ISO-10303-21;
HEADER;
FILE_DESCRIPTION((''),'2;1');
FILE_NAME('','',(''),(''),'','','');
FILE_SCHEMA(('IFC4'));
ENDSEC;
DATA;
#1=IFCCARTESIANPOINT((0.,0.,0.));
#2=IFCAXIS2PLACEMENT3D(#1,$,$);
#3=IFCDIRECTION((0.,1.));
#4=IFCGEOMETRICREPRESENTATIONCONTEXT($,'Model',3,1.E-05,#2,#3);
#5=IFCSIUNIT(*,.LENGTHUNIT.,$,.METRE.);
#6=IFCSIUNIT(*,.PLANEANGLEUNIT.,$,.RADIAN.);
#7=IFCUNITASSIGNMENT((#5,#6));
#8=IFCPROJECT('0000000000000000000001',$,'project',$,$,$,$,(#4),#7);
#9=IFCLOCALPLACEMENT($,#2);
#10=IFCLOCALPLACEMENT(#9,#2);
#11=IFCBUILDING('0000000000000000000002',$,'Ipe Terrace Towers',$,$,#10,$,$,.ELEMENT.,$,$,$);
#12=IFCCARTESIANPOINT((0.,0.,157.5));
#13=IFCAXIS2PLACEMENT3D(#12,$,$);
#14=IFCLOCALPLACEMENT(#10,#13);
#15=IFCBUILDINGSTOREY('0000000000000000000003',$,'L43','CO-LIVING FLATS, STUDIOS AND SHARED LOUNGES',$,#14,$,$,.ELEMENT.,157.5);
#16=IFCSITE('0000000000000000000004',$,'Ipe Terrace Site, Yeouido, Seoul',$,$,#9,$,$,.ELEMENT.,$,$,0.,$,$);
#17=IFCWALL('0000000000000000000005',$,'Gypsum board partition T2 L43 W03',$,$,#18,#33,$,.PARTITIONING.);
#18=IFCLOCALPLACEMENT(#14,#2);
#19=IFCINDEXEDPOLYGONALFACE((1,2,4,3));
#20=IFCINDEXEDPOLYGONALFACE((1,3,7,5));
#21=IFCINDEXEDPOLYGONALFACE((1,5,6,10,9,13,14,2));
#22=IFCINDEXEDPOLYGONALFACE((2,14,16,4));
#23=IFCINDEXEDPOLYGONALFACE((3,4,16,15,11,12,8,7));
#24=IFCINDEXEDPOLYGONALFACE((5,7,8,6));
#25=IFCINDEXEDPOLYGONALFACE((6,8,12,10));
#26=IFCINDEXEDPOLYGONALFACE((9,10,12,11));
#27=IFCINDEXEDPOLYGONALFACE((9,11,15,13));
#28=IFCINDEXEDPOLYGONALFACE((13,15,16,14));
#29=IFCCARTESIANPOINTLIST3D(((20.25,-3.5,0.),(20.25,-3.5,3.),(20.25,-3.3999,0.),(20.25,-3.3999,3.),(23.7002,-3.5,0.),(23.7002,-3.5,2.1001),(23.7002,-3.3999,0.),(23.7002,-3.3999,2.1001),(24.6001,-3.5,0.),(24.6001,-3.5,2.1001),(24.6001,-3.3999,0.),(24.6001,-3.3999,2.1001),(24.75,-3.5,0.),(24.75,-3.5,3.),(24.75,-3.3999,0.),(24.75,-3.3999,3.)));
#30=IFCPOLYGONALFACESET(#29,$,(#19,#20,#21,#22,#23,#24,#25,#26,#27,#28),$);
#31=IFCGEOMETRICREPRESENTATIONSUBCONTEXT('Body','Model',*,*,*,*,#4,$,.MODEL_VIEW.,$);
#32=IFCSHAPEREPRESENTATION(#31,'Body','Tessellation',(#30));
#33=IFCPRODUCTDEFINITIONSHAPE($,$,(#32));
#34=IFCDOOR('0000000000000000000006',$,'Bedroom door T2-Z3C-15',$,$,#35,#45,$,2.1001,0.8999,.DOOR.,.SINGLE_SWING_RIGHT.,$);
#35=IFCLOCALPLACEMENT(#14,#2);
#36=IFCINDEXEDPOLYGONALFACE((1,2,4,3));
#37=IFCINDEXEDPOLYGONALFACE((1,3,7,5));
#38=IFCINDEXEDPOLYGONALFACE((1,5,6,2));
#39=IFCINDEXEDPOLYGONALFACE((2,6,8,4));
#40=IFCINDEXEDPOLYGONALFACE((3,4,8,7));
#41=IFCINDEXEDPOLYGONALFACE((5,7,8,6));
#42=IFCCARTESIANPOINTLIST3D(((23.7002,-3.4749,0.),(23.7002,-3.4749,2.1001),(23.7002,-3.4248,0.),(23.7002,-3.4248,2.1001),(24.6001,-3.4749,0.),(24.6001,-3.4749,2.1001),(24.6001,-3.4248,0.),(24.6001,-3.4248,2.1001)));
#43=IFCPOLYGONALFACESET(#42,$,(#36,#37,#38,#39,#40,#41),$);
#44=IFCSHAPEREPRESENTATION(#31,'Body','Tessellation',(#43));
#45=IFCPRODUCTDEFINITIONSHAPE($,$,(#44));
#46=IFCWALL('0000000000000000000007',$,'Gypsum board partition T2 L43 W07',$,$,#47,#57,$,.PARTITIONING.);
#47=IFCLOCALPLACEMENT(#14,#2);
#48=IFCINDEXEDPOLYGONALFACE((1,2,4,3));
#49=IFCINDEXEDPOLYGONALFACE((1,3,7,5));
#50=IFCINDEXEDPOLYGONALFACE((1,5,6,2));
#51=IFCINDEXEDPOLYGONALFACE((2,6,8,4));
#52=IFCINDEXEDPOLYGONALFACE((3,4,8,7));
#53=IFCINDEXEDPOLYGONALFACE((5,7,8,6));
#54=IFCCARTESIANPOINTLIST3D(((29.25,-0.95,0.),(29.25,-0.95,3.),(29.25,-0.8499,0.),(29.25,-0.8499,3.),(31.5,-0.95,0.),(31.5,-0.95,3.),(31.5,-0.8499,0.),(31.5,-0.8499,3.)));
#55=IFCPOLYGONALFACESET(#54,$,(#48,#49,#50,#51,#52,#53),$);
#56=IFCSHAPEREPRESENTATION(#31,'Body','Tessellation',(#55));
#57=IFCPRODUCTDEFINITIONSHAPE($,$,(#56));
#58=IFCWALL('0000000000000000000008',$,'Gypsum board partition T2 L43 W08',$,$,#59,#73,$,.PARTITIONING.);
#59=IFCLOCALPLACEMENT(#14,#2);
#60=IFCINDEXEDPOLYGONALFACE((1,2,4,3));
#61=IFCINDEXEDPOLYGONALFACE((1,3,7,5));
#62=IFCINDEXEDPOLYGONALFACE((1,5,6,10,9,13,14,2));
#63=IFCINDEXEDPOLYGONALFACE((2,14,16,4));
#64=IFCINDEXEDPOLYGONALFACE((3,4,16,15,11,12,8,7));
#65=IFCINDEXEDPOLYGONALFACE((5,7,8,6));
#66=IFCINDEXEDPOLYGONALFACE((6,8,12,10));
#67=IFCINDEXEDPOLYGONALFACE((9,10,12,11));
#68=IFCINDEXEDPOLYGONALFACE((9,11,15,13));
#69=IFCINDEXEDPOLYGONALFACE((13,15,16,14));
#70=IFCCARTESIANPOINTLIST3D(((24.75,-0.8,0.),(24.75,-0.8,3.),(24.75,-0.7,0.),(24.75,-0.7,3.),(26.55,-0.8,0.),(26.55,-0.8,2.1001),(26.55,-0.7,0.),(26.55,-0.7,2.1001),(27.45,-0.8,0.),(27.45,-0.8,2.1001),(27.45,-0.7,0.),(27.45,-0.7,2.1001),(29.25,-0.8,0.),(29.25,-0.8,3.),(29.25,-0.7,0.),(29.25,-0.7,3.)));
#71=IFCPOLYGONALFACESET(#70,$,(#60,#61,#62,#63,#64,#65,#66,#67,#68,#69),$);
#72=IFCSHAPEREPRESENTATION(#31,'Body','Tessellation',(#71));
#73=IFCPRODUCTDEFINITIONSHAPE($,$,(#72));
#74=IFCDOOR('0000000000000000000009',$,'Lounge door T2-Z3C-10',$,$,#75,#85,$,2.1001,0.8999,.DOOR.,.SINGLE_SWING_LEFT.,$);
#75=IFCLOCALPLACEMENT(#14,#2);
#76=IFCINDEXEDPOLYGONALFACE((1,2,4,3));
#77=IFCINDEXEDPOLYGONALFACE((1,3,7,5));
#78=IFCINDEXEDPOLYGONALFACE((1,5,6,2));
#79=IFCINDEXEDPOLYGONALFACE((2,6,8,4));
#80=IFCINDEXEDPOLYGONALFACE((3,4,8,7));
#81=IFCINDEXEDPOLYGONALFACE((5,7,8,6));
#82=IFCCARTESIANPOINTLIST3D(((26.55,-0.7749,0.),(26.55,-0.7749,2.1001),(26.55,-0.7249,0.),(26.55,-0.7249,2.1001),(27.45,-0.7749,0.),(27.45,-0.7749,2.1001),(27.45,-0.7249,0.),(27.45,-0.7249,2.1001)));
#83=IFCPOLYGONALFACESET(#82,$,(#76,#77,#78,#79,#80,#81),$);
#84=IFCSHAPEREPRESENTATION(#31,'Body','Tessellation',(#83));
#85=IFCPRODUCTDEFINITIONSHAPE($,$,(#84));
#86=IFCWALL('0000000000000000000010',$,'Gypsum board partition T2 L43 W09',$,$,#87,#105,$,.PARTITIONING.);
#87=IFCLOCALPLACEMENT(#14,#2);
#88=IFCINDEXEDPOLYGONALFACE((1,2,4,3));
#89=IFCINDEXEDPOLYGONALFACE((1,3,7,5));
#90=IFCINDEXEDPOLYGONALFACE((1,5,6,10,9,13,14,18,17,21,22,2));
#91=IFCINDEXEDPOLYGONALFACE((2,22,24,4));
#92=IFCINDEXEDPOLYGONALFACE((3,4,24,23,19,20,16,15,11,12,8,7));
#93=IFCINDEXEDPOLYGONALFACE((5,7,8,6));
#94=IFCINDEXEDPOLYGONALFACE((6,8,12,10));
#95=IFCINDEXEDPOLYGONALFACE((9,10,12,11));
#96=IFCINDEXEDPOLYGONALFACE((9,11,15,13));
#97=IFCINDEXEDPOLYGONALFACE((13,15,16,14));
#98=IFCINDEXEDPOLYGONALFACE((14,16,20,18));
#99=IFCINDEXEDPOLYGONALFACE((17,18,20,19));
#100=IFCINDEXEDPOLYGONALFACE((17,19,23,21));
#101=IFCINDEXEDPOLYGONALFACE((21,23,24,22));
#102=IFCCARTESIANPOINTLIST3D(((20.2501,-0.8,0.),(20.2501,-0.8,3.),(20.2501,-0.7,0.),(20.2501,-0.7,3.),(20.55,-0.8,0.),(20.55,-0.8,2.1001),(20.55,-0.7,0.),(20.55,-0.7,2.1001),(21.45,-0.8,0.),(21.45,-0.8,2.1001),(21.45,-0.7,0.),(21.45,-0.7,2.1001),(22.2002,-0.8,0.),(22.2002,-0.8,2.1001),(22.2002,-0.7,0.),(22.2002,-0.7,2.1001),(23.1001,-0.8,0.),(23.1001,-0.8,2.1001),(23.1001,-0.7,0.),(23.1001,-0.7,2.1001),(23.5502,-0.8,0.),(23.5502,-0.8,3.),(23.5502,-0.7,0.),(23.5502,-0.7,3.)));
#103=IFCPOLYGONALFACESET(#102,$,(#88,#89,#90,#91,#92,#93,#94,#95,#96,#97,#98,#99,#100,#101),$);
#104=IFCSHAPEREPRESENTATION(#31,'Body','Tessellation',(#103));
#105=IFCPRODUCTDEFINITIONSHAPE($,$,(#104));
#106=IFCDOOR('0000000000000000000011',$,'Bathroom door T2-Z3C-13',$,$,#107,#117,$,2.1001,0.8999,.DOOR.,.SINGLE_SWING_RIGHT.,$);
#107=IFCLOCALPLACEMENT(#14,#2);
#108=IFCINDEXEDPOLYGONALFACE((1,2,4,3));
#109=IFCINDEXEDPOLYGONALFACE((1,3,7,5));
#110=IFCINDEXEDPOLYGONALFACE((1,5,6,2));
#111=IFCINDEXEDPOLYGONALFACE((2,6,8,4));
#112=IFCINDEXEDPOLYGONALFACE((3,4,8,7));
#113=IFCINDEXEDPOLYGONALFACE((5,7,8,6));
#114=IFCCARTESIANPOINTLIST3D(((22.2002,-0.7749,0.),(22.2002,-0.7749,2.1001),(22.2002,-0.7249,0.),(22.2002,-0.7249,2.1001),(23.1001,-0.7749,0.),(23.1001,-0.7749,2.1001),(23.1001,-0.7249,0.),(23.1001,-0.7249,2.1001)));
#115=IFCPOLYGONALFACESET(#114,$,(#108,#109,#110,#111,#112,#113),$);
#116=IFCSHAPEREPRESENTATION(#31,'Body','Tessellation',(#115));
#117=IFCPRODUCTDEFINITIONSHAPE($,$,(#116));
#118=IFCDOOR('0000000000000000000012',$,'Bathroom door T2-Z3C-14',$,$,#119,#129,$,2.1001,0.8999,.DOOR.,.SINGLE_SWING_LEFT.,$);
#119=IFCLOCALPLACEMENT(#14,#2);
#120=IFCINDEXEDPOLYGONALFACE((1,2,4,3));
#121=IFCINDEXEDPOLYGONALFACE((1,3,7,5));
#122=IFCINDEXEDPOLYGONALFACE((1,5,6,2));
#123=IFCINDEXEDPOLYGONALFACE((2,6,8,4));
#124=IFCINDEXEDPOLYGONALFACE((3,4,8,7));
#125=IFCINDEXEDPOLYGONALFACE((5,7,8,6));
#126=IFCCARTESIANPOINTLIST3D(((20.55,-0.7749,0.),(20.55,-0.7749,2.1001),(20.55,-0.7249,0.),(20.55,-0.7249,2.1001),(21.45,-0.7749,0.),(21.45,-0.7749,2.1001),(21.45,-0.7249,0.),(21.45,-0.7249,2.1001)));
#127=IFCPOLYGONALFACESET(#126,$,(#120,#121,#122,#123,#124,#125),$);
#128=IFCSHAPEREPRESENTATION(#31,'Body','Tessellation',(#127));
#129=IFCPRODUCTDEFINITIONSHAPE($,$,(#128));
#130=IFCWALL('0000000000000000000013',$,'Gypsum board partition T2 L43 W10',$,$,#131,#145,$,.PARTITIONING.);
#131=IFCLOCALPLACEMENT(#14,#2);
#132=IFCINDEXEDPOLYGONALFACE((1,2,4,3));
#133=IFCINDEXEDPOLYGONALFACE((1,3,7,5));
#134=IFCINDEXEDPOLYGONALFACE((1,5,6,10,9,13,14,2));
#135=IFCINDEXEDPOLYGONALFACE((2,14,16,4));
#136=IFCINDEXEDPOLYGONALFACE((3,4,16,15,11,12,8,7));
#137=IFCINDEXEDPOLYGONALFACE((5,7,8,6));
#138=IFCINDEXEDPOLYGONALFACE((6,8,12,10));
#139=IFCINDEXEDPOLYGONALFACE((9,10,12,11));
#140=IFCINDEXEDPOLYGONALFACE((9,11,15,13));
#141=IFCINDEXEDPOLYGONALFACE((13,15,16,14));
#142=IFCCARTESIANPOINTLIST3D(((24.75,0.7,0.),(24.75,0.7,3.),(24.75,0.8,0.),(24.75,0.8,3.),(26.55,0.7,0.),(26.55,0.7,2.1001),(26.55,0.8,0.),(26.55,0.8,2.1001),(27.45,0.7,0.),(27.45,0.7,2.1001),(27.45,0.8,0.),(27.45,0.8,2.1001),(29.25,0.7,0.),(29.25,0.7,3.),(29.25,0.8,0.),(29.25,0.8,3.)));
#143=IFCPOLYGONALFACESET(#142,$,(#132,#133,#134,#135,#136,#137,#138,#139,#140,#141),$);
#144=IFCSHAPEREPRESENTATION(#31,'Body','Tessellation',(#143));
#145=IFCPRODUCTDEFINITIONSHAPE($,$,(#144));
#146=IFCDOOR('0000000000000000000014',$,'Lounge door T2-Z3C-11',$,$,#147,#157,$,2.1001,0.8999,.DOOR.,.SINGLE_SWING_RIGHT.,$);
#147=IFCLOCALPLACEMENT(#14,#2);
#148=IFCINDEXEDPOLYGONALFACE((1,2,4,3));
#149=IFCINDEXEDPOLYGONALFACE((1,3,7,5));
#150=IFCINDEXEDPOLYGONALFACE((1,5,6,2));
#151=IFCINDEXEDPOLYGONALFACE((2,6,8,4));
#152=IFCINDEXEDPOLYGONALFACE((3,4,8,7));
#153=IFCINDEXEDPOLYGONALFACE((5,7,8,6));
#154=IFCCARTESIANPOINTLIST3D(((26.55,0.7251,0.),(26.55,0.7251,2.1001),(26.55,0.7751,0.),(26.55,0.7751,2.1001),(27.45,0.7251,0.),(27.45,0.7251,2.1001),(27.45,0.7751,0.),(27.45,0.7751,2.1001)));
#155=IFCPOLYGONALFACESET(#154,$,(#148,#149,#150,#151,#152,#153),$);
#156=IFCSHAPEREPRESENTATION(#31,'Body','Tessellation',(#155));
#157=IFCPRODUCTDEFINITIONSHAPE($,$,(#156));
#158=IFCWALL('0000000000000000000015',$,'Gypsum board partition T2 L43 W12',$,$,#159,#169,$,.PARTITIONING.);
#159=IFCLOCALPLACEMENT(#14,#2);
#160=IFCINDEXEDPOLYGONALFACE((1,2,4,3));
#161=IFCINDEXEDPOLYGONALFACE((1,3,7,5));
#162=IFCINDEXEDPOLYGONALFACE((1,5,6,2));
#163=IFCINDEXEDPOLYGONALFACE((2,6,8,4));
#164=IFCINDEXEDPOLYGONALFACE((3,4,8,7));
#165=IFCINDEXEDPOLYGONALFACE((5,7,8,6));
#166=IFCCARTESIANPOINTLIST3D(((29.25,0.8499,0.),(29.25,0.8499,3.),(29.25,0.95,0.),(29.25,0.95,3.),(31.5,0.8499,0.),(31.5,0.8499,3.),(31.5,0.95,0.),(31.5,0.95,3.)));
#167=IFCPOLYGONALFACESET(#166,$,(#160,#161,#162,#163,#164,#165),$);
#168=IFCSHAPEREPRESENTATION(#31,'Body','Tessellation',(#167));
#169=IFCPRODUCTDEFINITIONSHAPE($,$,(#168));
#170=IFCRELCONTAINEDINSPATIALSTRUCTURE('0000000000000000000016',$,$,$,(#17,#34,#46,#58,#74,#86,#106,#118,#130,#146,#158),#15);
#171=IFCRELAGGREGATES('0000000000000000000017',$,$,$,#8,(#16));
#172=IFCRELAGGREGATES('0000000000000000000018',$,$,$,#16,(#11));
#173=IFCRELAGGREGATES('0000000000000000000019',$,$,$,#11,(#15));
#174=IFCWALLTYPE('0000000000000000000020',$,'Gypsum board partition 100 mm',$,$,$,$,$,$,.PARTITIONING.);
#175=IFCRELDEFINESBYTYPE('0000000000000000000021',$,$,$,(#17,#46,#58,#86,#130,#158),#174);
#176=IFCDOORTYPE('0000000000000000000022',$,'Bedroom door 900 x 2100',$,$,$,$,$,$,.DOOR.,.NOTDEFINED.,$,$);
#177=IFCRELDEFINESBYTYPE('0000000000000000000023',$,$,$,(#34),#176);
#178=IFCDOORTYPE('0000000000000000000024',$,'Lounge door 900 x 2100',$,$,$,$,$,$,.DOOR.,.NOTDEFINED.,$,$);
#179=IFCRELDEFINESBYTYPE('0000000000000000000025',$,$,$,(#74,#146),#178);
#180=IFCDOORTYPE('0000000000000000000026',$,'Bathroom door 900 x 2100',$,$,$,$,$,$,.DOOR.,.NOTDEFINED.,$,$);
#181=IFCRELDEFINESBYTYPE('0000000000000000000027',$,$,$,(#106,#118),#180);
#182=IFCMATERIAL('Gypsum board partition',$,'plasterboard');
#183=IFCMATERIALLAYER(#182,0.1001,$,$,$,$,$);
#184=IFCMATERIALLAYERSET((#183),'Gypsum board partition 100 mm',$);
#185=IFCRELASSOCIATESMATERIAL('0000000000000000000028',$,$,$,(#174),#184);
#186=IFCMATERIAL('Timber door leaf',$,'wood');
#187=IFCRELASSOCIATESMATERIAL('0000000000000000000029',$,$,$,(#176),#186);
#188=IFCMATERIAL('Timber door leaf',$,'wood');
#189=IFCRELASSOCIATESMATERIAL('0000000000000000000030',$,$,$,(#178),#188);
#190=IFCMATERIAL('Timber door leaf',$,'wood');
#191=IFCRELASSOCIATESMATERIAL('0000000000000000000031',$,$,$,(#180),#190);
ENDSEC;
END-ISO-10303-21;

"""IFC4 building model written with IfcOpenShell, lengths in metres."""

from ifc_helpers import new_model, si_unit, direction, frame, frame_2d, origin, place, context, subcontext, project, spatial, rectangle, extrude, material, layer, layer_set, type_object, element, fill, save


model = new_model("IFC4")

# Units and contexts
model_context = context("Model", 3, precision=1e-05, world=origin(), true_north=direction((0.0, 1.0)))
body_context = subcontext(model_context, "Body", "Model", "MODEL_VIEW")
ifc_project = project(units=[si_unit("LENGTHUNIT", "METRE"), si_unit("PLANEANGLEUNIT", "RADIAN")], contexts=[model_context])

# Site, building, storey
site_placement = place(None, origin())
site = spatial("IfcSite", under=ifc_project, at=site_placement, Name="Ipe Terrace Site, Yeouido, Seoul", CompositionType="ELEMENT", RefElevation=0.0)
building_placement = place(site_placement, origin())
building = spatial("IfcBuilding", under=site, at=building_placement, Name="Ipe Terrace Towers", CompositionType="ELEMENT")
storey_placement = place(building_placement, frame((0.0, 0.0, 157.5)))
storey = spatial("IfcBuildingStorey", under=building, at=storey_placement, Name="L43", Description="CO-LIVING FLATS, STUDIOS AND SHARED LOUNGES", CompositionType="ELEMENT", Elevation=157.5)

# Wall, opening, door
ifc_material_1 = material(Name="Gypsum board partition", Category="plasterboard")
ifc_layer = layer(ifc_material_1, 0.1001)
ifc_layer_set = layer_set([ifc_layer], Name="Gypsum board partition 100 mm")
wall_type = type_object("IfcWallType", Name="Gypsum board partition 100 mm", PredefinedType="PARTITIONING", material=ifc_layer_set)
wall_1_placement = place(storey_placement, frame((24.75, -3.45, 0.0), z_axis=(0.0, 0.0, 1.0), x_axis=(-1.0, 0.0, 0.0)))
wall_1 = element("IfcWall", 1, at=wall_1_placement, inside=storey, type_object=wall_type, Name="Gypsum board partition T2 L43 W03", PredefinedType="PARTITIONING", context=body_context, shape_type="SweptSolid", body=[
    extrude(rectangle(XDim=4.5, YDim=0.1001, at=frame_2d((2.25, 0.0))), origin(), (0.0, 0.0, 1.0), 3.0),
])
opening_1_placement = place(wall_1_placement, frame((0.1499, 0.0, 0.0)))
opening_1 = element("IfcOpeningElement", 2, at=opening_1_placement, cuts=wall_1, PredefinedType="OPENING", context=body_context, shape_type="SweptSolid", body=[
    extrude(rectangle(XDim=0.8999, YDim=2.1001, at=frame_2d((0.45, 1.05))), frame((0.0, 0.0601, 0.0), z_axis=(0.0, -1.0, 0.0), x_axis=(1.0, 0.0, 0.0)), (0.0, 0.0, 1.0), 0.1201),
])
ifc_material_2 = material(Name="Timber door leaf", Category="wood")
door_type_1 = type_object("IfcDoorType", Name="Bedroom door 900 x 2100", OperationType="NOTDEFINED", PredefinedType="DOOR", material=ifc_material_2)
door_1_placement = place(opening_1_placement, origin())
door_1 = element("IfcDoor", 3, at=door_1_placement, inside=storey, type_object=door_type_1, Name="Bedroom door T2-Z3C-15", OperationType="SINGLE_SWING_RIGHT", OverallHeight=2.1001, OverallWidth=0.8999, PredefinedType="DOOR", context=body_context, shape_type="SweptSolid", body=[
    extrude(rectangle(XDim=0.8999, YDim=2.1001, at=frame_2d((0.45, 1.05))), frame((0.0, 0.0249, 0.0), z_axis=(0.0, -1.0, 0.0), x_axis=(1.0, 0.0, 0.0)), (0.0, 0.0, 1.0), 0.05),
])
fill(opening_1, door_1)

# Wall
wall_2_placement = place(storey_placement, frame((31.5, -0.8999, 0.0), z_axis=(0.0, 0.0, 1.0), x_axis=(-1.0, 0.0, 0.0)))
element("IfcWall", 4, at=wall_2_placement, inside=storey, type_object=wall_type, Name="Gypsum board partition T2 L43 W07", PredefinedType="PARTITIONING", context=body_context, shape_type="SweptSolid", body=[
    extrude(rectangle(XDim=2.25, YDim=0.1001, at=frame_2d((1.125, 0.0))), origin(), (0.0, 0.0, 1.0), 3.0),
])

# Wall, opening, door
wall_3_placement = place(storey_placement, frame((29.25, -0.75, 0.0), z_axis=(0.0, 0.0, 1.0), x_axis=(-1.0, 0.0, 0.0)))
wall_3 = element("IfcWall", 5, at=wall_3_placement, inside=storey, type_object=wall_type, Name="Gypsum board partition T2 L43 W08", PredefinedType="PARTITIONING", context=body_context, shape_type="SweptSolid", body=[
    extrude(rectangle(XDim=4.5, YDim=0.1001, at=frame_2d((2.25, 0.0))), origin(), (0.0, 0.0, 1.0), 3.0),
])
opening_2_placement = place(wall_3_placement, frame((1.8, 0.0, 0.0)))
opening_2 = element("IfcOpeningElement", 6, at=opening_2_placement, cuts=wall_3, PredefinedType="OPENING", context=body_context, shape_type="SweptSolid", body=[
    extrude(rectangle(XDim=0.8999, YDim=2.1001, at=frame_2d((0.45, 1.05))), frame((0.0, 0.0601, 0.0), z_axis=(0.0, -1.0, 0.0), x_axis=(1.0, 0.0, 0.0)), (0.0, 0.0, 1.0), 0.1201),
])
ifc_material_3 = material(Name="Timber door leaf", Category="wood")
door_type_2 = type_object("IfcDoorType", Name="Lounge door 900 x 2100", OperationType="NOTDEFINED", PredefinedType="DOOR", material=ifc_material_3)
door_2_placement = place(opening_2_placement, origin())
door_2 = element("IfcDoor", 7, at=door_2_placement, inside=storey, type_object=door_type_2, Name="Lounge door T2-Z3C-10", OperationType="SINGLE_SWING_LEFT", OverallHeight=2.1001, OverallWidth=0.8999, PredefinedType="DOOR", context=body_context, shape_type="SweptSolid", body=[
    extrude(rectangle(XDim=0.8999, YDim=2.1001, at=frame_2d((0.45, 1.05))), frame((0.0, 0.0249, 0.0), z_axis=(0.0, -1.0, 0.0), x_axis=(1.0, 0.0, 0.0)), (0.0, 0.0, 1.0), 0.05),
])
fill(opening_2, door_2)

# Wall, openings, doors
wall_4_placement = place(storey_placement, frame((23.55, -0.75, 0.0), z_axis=(0.0, 0.0, 1.0), x_axis=(-1.0, 0.0, 0.0)))
wall_4 = element("IfcWall", 8, at=wall_4_placement, inside=storey, type_object=wall_type, Name="Gypsum board partition T2 L43 W09", PredefinedType="PARTITIONING", context=body_context, shape_type="SweptSolid", body=[
    extrude(rectangle(XDim=3.3, YDim=0.1001, at=frame_2d((1.6499, 0.0))), origin(), (0.0, 0.0, 1.0), 3.0),
])
opening_3_placement = place(wall_4_placement, frame((0.45, 0.0, 0.0)))
opening_3 = element("IfcOpeningElement", 9, at=opening_3_placement, cuts=wall_4, PredefinedType="OPENING", context=body_context, shape_type="SweptSolid", body=[
    extrude(rectangle(XDim=0.8999, YDim=2.1001, at=frame_2d((0.45, 1.05))), frame((0.0, 0.0601, 0.0), z_axis=(0.0, -1.0, 0.0), x_axis=(1.0, 0.0, 0.0)), (0.0, 0.0, 1.0), 0.1201),
])
opening_4_placement = place(wall_4_placement, frame((2.1001, 0.0, 0.0)))
opening_4 = element("IfcOpeningElement", 10, at=opening_4_placement, cuts=wall_4, PredefinedType="OPENING", context=body_context, shape_type="SweptSolid", body=[
    extrude(rectangle(XDim=0.8999, YDim=2.1001, at=frame_2d((0.45, 1.05))), frame((0.0, 0.0601, 0.0), z_axis=(0.0, -1.0, 0.0), x_axis=(1.0, 0.0, 0.0)), (0.0, 0.0, 1.0), 0.1201),
])
ifc_material_4 = material(Name="Timber door leaf", Category="wood")
door_type_3 = type_object("IfcDoorType", Name="Bathroom door 900 x 2100", OperationType="NOTDEFINED", PredefinedType="DOOR", material=ifc_material_4)
door_3_placement = place(opening_3_placement, origin())
door_3 = element("IfcDoor", 11, at=door_3_placement, inside=storey, type_object=door_type_3, Name="Bathroom door T2-Z3C-13", OperationType="SINGLE_SWING_RIGHT", OverallHeight=2.1001, OverallWidth=0.8999, PredefinedType="DOOR", context=body_context, shape_type="SweptSolid", body=[
    extrude(rectangle(XDim=0.8999, YDim=2.1001, at=frame_2d((0.45, 1.05))), frame((0.0, 0.0249, 0.0), z_axis=(0.0, -1.0, 0.0), x_axis=(1.0, 0.0, 0.0)), (0.0, 0.0, 1.0), 0.05),
])
fill(opening_3, door_3)
door_4_placement = place(opening_4_placement, origin())
door_4 = element("IfcDoor", 12, at=door_4_placement, inside=storey, type_object=door_type_3, Name="Bathroom door T2-Z3C-14", OperationType="SINGLE_SWING_LEFT", OverallHeight=2.1001, OverallWidth=0.8999, PredefinedType="DOOR", context=body_context, shape_type="SweptSolid", body=[
    extrude(rectangle(XDim=0.8999, YDim=2.1001, at=frame_2d((0.45, 1.05))), frame((0.0, 0.0249, 0.0), z_axis=(0.0, -1.0, 0.0), x_axis=(1.0, 0.0, 0.0)), (0.0, 0.0, 1.0), 0.05),
])
fill(opening_4, door_4)

# Wall, opening, door
wall_5_placement = place(storey_placement, frame((29.25, 0.75, 0.0), z_axis=(0.0, 0.0, 1.0), x_axis=(-1.0, 0.0, 0.0)))
wall_5 = element("IfcWall", 13, at=wall_5_placement, inside=storey, type_object=wall_type, Name="Gypsum board partition T2 L43 W10", PredefinedType="PARTITIONING", context=body_context, shape_type="SweptSolid", body=[
    extrude(rectangle(XDim=4.5, YDim=0.1001, at=frame_2d((2.25, 0.0))), origin(), (0.0, 0.0, 1.0), 3.0),
])
opening_5_placement = place(wall_5_placement, frame((1.8, 0.0, 0.0)))
opening_5 = element("IfcOpeningElement", 14, at=opening_5_placement, cuts=wall_5, PredefinedType="OPENING", context=body_context, shape_type="SweptSolid", body=[
    extrude(rectangle(XDim=0.8999, YDim=2.1001, at=frame_2d((0.45, 1.05))), frame((0.0, 0.0601, 0.0), z_axis=(0.0, -1.0, 0.0), x_axis=(1.0, 0.0, 0.0)), (0.0, 0.0, 1.0), 0.1201),
])
door_5_placement = place(opening_5_placement, origin())
door_5 = element("IfcDoor", 15, at=door_5_placement, inside=storey, type_object=door_type_2, Name="Lounge door T2-Z3C-11", OperationType="SINGLE_SWING_RIGHT", OverallHeight=2.1001, OverallWidth=0.8999, PredefinedType="DOOR", context=body_context, shape_type="SweptSolid", body=[
    extrude(rectangle(XDim=0.8999, YDim=2.1001, at=frame_2d((0.45, 1.05))), frame((0.0, 0.0249, 0.0), z_axis=(0.0, -1.0, 0.0), x_axis=(1.0, 0.0, 0.0)), (0.0, 0.0, 1.0), 0.05),
])
fill(opening_5, door_5)

# Wall
wall_6_placement = place(storey_placement, frame((31.5, 0.8999, 0.0), z_axis=(0.0, 0.0, 1.0), x_axis=(-1.0, 0.0, 0.0)))
element("IfcWall", 16, at=wall_6_placement, inside=storey, type_object=wall_type, Name="Gypsum board partition T2 L43 W12", PredefinedType="PARTITIONING", context=body_context, shape_type="SweptSolid", body=[
    extrude(rectangle(XDim=2.25, YDim=0.1001, at=frame_2d((1.125, 0.0))), origin(), (0.0, 0.0, 1.0), 3.0),
])

save(model, "model.ifc")
